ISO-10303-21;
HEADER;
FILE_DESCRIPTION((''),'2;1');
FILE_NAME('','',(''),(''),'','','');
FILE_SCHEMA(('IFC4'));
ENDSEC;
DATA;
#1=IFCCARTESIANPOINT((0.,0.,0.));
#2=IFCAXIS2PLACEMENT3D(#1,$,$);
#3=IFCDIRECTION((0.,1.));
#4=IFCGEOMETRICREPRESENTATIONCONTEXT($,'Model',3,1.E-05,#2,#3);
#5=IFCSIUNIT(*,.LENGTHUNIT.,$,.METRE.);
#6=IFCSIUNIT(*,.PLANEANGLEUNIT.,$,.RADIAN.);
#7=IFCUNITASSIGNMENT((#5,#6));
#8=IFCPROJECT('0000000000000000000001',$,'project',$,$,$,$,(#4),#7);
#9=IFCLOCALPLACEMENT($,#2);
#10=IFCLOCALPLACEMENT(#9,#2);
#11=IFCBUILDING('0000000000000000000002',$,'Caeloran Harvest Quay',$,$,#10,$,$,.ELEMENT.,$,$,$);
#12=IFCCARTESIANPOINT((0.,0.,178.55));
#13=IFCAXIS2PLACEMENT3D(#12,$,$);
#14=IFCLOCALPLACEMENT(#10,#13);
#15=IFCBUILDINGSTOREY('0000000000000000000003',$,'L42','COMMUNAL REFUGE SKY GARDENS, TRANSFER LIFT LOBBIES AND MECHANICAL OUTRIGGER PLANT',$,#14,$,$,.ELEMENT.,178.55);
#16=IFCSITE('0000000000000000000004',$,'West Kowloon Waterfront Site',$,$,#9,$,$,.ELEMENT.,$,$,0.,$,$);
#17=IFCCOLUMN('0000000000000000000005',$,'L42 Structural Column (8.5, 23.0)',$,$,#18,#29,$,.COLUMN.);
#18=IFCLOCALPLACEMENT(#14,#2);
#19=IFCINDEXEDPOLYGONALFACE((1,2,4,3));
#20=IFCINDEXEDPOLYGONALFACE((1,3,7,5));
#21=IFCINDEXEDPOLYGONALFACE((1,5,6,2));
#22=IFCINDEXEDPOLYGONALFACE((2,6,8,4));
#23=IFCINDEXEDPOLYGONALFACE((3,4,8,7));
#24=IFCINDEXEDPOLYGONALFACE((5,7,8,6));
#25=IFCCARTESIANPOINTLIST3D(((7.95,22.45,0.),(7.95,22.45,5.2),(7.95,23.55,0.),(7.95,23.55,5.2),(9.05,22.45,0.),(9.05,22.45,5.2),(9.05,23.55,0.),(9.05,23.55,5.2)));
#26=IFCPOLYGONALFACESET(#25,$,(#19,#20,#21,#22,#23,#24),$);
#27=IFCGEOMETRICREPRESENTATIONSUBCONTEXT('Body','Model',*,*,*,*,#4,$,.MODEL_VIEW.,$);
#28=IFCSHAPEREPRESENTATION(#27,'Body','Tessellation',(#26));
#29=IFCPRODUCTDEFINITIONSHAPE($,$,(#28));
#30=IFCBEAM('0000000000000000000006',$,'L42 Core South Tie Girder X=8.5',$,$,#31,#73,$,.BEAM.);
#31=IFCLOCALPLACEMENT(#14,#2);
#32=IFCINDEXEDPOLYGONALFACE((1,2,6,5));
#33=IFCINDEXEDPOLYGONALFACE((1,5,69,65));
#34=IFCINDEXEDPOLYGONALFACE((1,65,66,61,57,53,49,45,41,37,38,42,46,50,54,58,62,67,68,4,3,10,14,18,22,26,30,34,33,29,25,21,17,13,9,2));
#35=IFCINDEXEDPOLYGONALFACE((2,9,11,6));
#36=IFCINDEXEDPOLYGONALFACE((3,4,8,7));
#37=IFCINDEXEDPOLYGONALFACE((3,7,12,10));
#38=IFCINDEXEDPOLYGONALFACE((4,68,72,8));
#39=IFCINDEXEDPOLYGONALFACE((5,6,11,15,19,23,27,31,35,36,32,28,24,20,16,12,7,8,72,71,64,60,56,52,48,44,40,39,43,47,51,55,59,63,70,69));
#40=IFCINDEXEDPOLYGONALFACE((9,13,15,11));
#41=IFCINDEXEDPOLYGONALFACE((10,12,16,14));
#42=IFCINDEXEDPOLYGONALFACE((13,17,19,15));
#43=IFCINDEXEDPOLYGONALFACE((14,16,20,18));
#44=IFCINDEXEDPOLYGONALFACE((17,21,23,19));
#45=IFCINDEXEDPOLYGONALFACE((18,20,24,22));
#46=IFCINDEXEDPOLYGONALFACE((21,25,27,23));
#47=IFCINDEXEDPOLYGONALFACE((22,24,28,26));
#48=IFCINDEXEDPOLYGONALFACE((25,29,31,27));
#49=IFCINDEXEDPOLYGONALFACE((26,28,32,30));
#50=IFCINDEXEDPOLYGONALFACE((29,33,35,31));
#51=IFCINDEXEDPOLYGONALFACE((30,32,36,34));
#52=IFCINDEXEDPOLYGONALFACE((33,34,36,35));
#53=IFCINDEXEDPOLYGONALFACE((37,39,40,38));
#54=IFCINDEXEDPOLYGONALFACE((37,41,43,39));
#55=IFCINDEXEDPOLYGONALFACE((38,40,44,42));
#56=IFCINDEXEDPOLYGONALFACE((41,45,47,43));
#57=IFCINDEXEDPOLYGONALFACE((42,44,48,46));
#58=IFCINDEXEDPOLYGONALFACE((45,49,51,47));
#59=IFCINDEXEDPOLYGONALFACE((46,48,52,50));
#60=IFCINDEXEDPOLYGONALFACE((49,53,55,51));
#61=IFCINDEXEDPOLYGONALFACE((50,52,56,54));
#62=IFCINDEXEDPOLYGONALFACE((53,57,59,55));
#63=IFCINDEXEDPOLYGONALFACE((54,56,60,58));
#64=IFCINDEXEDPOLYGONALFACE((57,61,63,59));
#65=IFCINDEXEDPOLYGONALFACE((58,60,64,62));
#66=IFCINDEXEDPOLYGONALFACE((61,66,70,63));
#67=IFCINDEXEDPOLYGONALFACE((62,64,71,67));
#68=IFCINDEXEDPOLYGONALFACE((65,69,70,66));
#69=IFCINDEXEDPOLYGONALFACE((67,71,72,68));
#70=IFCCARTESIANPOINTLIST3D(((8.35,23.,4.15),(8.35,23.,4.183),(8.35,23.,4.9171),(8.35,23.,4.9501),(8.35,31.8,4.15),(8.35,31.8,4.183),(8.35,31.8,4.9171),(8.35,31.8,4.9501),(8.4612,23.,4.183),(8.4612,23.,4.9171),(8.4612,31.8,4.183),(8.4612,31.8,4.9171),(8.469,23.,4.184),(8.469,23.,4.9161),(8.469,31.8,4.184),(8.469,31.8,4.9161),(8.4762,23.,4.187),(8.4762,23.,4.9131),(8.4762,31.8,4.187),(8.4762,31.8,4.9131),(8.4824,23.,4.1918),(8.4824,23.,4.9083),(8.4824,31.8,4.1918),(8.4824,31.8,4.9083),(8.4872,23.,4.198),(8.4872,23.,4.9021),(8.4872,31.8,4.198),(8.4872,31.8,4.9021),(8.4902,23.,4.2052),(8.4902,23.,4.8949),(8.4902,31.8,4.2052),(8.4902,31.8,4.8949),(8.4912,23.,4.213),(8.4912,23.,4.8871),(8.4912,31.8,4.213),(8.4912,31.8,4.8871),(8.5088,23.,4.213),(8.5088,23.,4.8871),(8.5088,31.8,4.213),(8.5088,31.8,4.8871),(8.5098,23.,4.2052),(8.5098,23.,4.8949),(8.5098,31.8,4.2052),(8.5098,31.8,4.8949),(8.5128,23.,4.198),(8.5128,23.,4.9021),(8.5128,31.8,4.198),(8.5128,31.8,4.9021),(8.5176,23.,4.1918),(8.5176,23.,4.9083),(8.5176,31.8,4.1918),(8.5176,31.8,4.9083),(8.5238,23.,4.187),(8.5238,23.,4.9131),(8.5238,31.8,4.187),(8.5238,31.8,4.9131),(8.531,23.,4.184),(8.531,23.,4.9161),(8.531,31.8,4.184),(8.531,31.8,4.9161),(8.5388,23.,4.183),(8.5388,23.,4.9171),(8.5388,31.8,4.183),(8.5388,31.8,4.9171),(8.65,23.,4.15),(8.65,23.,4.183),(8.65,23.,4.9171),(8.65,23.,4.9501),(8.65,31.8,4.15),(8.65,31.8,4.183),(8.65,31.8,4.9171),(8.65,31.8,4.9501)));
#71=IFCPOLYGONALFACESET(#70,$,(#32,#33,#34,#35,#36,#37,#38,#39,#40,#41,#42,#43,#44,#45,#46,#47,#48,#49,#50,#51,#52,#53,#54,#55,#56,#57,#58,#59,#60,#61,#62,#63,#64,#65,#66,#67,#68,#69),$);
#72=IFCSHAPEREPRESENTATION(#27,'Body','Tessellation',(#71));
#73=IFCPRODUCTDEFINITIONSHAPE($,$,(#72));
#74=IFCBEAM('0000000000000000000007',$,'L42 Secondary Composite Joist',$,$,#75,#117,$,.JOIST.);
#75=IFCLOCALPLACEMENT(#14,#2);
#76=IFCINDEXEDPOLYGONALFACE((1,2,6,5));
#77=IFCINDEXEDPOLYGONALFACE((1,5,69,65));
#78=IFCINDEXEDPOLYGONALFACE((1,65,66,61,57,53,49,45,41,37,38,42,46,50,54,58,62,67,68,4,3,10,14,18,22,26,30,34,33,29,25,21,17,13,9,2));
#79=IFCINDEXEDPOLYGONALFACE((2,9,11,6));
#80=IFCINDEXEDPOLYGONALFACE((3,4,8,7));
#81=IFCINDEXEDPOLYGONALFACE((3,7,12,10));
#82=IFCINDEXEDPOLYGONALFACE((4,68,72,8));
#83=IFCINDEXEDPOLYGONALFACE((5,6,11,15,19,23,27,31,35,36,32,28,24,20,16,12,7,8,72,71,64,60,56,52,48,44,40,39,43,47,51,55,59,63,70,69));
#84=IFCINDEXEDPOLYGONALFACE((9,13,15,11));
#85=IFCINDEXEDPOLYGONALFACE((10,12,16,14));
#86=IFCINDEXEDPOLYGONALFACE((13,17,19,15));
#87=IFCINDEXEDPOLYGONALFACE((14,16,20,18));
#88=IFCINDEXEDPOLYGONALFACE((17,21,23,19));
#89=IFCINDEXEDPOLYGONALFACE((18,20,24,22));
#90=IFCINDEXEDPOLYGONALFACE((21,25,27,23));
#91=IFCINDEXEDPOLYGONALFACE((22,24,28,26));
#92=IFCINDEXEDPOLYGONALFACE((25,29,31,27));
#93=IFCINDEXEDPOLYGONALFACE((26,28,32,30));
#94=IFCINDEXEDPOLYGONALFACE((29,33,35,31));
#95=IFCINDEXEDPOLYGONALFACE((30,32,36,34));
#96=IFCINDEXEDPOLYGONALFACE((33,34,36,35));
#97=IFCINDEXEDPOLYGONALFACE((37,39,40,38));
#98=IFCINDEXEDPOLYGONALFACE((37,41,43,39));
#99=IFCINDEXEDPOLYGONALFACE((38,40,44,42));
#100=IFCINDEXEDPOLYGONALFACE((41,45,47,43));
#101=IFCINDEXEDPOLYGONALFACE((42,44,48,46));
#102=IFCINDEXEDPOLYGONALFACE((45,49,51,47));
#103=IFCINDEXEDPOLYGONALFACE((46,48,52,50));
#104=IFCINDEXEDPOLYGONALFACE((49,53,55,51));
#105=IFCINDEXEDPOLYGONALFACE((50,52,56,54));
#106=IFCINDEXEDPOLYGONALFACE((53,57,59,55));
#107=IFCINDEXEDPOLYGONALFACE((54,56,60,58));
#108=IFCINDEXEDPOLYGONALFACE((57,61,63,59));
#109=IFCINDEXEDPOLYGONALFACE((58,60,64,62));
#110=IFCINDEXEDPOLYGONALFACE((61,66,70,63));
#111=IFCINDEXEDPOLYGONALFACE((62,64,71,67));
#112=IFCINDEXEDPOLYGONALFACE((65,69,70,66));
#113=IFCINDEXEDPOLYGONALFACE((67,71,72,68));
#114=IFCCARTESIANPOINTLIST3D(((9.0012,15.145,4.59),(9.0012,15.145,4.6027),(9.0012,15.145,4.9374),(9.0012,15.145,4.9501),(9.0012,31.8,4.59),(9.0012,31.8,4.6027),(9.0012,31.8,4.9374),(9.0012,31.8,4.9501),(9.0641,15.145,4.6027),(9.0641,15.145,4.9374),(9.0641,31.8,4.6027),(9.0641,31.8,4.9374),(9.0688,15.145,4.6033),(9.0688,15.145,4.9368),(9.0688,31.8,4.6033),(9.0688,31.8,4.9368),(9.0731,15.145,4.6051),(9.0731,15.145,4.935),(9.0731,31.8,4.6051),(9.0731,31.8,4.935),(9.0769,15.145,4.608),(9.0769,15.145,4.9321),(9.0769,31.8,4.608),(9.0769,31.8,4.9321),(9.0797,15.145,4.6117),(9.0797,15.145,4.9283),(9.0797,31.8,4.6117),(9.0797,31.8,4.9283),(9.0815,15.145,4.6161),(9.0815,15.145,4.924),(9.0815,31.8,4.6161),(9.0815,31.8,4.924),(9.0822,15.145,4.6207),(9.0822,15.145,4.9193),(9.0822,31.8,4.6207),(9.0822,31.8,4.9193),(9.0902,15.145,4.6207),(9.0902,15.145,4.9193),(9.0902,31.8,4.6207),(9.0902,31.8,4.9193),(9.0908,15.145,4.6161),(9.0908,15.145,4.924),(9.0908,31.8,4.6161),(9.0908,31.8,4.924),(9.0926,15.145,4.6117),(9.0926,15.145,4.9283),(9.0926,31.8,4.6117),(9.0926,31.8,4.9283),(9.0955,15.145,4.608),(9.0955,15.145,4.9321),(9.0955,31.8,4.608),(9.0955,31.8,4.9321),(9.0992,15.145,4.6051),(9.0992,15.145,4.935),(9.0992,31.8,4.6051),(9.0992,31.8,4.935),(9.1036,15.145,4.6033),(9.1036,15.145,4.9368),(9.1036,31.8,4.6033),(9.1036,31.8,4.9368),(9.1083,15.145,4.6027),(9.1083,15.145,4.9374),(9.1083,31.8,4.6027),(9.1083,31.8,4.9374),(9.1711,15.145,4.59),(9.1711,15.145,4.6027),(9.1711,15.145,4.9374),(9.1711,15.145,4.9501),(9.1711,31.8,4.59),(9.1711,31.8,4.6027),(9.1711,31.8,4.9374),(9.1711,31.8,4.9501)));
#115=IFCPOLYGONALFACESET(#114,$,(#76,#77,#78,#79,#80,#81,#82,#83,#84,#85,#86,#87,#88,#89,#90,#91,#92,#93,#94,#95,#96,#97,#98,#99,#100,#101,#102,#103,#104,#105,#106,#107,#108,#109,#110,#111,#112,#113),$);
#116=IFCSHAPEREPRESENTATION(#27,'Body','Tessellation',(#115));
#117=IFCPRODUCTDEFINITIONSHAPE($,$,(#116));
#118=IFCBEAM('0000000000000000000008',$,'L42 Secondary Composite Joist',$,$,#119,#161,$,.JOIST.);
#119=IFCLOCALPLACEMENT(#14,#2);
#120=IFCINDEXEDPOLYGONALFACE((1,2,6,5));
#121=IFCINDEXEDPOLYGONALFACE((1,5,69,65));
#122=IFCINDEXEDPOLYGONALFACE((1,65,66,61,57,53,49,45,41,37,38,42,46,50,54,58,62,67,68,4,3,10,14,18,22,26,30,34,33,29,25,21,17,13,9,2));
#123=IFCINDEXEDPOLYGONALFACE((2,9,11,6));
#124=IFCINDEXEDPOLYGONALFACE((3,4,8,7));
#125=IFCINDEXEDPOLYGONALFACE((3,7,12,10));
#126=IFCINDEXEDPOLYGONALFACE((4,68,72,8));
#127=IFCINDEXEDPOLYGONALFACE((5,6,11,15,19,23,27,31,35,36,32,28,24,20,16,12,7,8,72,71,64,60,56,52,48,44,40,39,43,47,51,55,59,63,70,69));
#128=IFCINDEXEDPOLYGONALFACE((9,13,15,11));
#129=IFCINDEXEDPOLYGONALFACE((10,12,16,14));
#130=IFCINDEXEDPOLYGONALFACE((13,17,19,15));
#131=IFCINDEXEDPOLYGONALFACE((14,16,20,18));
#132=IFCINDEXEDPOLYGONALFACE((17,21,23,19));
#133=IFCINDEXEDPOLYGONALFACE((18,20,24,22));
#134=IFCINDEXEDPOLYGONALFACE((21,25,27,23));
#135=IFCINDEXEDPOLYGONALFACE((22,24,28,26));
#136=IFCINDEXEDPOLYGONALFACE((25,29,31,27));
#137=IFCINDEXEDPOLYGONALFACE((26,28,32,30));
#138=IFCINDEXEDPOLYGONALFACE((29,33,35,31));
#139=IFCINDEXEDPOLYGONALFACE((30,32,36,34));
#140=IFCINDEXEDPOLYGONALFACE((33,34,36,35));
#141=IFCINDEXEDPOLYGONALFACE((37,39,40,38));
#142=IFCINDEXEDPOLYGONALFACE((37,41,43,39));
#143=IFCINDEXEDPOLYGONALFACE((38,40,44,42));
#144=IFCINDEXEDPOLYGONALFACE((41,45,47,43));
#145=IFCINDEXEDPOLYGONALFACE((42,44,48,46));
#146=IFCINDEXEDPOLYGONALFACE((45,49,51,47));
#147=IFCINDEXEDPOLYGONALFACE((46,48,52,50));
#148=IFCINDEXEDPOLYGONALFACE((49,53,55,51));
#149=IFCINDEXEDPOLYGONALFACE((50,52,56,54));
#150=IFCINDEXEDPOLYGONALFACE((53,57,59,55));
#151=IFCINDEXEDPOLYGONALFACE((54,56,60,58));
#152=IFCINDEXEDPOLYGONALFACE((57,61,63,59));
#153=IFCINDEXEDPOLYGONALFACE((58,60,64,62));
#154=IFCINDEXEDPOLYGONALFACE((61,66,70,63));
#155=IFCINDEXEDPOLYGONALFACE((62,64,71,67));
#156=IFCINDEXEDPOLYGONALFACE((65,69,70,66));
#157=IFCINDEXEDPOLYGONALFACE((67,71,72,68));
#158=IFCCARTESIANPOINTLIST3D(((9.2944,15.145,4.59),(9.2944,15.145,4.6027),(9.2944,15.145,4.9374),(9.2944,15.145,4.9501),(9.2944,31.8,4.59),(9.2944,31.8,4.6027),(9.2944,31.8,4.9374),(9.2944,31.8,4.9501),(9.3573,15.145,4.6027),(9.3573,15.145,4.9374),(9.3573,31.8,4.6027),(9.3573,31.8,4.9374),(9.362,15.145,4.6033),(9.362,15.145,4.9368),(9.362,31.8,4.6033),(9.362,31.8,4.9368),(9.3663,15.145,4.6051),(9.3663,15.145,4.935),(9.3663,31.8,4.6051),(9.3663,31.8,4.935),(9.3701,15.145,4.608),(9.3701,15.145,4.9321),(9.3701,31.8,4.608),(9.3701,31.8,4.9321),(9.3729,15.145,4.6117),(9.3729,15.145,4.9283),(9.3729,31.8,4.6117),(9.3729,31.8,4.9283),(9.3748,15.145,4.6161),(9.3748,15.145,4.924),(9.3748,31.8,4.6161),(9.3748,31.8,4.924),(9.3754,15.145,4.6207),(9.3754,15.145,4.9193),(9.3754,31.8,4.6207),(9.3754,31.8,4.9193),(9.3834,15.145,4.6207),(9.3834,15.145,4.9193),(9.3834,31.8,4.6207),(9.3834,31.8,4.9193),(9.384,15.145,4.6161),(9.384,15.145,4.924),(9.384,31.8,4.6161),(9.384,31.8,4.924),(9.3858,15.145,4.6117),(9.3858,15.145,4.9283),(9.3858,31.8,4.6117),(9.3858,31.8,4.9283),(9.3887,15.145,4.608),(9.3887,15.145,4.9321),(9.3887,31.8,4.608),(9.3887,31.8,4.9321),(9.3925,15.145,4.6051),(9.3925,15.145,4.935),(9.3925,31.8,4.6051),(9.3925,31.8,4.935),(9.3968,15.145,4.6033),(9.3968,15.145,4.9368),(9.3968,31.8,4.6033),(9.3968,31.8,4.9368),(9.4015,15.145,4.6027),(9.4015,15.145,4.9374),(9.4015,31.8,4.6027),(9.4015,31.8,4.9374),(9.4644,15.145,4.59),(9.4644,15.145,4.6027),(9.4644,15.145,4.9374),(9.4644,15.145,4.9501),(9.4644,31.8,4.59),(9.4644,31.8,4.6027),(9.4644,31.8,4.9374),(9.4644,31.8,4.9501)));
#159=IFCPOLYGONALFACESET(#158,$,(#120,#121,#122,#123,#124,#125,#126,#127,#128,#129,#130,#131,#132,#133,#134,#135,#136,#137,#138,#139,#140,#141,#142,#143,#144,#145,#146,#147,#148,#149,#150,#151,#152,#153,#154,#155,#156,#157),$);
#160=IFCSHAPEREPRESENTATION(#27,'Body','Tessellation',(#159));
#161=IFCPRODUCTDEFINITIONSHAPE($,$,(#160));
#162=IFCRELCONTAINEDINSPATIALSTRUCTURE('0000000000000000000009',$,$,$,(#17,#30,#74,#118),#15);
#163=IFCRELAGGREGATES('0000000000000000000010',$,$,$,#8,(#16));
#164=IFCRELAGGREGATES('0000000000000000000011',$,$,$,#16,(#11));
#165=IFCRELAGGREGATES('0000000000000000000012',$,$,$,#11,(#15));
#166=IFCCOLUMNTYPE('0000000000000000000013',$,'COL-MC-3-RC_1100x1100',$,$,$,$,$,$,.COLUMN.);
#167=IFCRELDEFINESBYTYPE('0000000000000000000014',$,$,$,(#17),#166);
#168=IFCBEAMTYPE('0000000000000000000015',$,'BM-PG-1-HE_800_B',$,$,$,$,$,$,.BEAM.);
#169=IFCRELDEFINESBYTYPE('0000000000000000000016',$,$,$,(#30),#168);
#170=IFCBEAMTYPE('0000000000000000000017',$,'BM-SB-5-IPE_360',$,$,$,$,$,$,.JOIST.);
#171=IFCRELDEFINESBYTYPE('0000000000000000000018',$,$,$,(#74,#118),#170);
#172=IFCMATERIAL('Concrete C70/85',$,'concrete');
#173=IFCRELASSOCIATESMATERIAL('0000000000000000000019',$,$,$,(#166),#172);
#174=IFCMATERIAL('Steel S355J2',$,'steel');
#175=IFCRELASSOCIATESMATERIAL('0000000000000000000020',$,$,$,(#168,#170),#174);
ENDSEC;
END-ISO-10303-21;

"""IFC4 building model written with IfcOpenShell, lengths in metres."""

from ifc_helpers import new_model, si_unit, direction, frame, origin, origin_2d, place, context, subcontext, project, spatial, rectangle, i_section, extrude, material, material_profile, profile_set, type_object, element, save


model = new_model("IFC4")

# Units and contexts
model_context = context("Model", 3, precision=1e-05, world=origin(), true_north=direction((0.0, 1.0)))
body_context = subcontext(model_context, "Body", "Model", "MODEL_VIEW")
ifc_project = project(units=[si_unit("LENGTHUNIT", "METRE"), si_unit("PLANEANGLEUNIT", "RADIAN")], contexts=[model_context])

# Site, building, storey
site_placement = place(None, origin())
site = spatial("IfcSite", under=ifc_project, at=site_placement, Name="West Kowloon Waterfront Site", CompositionType="ELEMENT", RefElevation=0.0)
building_placement = place(site_placement, origin())
building = spatial("IfcBuilding", under=site, at=building_placement, Name="Caeloran Harvest Quay", CompositionType="ELEMENT")
storey_placement = place(building_placement, frame((0.0, 0.0, 178.55)))
storey = spatial("IfcBuildingStorey", under=building, at=storey_placement, Name="L42", Description="COMMUNAL REFUGE SKY GARDENS, TRANSFER LIFT LOBBIES AND MECHANICAL OUTRIGGER PLANT", CompositionType="ELEMENT", Elevation=178.55)

# Column
ifc_material_1 = material(Name="Concrete C70/85", Category="concrete")
ifc_material_profile_1 = material_profile(ifc_material_1, rectangle(XDim=1.1001, YDim=1.1001, at=origin_2d()), Name="RC 1100x1100")
ifc_profile_set_1 = profile_set([ifc_material_profile_1], Name="Concrete C70/85")
column_type = type_object("IfcColumnType", Name="COL-MC-3-RC_1100x1100", PredefinedType="COLUMN", material=ifc_profile_set_1)
column_placement = place(storey_placement, frame((8.5, 23.0, 0.0), z_axis=(0.0, 0.0, 1.0), x_axis=(1.0, 0.0, 0.0)))
element("IfcColumn", 1, at=column_placement, inside=storey, type_object=column_type, Name="L42 Structural Column (8.5, 23.0)", PredefinedType="COLUMN", context=body_context, shape_type="SweptSolid", body=[
    extrude(rectangle(XDim=1.1001, YDim=1.1001, at=origin_2d()), origin(), (0.0, 0.0, 1.0), 5.2),
])

# Beams
ifc_material_2 = material(Name="Steel S355J2", Category="steel")
ifc_material_profile_2 = material_profile(ifc_material_2, i_section(OverallWidth=0.3, OverallDepth=0.8, WebThickness=0.0176, FlangeThickness=0.033, FilletRadius=0.03, at=origin_2d()), Name="HE 800 B")
ifc_profile_set_2 = profile_set([ifc_material_profile_2], Name="Steel S355J2")
beam_type_1 = type_object("IfcBeamType", Name="BM-PG-1-HE_800_B", PredefinedType="BEAM", material=ifc_profile_set_2)
beam_1_placement = place(storey_placement, frame((8.5, 23.0, 4.55), z_axis=(0.0, 1.0, 0.0), x_axis=(-1.0, 0.0, 0.0)))
element("IfcBeam", 2, at=beam_1_placement, inside=storey, type_object=beam_type_1, Name="L42 Core South Tie Girder X=8.5", PredefinedType="BEAM", context=body_context, shape_type="SweptSolid", body=[
    extrude(i_section(OverallWidth=0.3, OverallDepth=0.8, WebThickness=0.0176, FlangeThickness=0.033, FilletRadius=0.03, at=origin_2d()), origin(), (0.0, 0.0, 1.0), 8.8),
])
ifc_material_profile_3 = material_profile(ifc_material_2, i_section(OverallWidth=0.1699, OverallDepth=0.3601, WebThickness=0.0081, FlangeThickness=0.0127, FilletRadius=0.0181, at=origin_2d()), Name="IPE 360")
ifc_profile_set_3 = profile_set([ifc_material_profile_3], Name="Steel S355J2")
beam_type_2 = type_object("IfcBeamType", Name="BM-SB-5-IPE_360", PredefinedType="JOIST", material=ifc_profile_set_3)
for number, where, z_axis, x_axis, name in (
    (3, (9.0862, 15.145, 4.77), (0.0, 1.0, 0.0), (-1.0, 0.0, 0.0), "L42 Secondary Composite Joist"),
    (4, (9.3794, 15.145, 4.77), (0.0, 1.0, 0.0), (-1.0, 0.0, 0.0), "L42 Secondary Composite Joist"),
):
    element("IfcBeam", number, at=place(storey_placement, frame(where, z_axis=z_axis, x_axis=x_axis)), inside=storey, type_object=beam_type_2, Name=name, PredefinedType="JOIST", context=body_context, shape_type="SweptSolid", body=[
        extrude(i_section(OverallWidth=0.1699, OverallDepth=0.3601, WebThickness=0.0081, FlangeThickness=0.0127, FilletRadius=0.0181, at=origin_2d()), origin(), (0.0, 0.0, 1.0), 16.655),
    ])

save(model, "model.ifc")
